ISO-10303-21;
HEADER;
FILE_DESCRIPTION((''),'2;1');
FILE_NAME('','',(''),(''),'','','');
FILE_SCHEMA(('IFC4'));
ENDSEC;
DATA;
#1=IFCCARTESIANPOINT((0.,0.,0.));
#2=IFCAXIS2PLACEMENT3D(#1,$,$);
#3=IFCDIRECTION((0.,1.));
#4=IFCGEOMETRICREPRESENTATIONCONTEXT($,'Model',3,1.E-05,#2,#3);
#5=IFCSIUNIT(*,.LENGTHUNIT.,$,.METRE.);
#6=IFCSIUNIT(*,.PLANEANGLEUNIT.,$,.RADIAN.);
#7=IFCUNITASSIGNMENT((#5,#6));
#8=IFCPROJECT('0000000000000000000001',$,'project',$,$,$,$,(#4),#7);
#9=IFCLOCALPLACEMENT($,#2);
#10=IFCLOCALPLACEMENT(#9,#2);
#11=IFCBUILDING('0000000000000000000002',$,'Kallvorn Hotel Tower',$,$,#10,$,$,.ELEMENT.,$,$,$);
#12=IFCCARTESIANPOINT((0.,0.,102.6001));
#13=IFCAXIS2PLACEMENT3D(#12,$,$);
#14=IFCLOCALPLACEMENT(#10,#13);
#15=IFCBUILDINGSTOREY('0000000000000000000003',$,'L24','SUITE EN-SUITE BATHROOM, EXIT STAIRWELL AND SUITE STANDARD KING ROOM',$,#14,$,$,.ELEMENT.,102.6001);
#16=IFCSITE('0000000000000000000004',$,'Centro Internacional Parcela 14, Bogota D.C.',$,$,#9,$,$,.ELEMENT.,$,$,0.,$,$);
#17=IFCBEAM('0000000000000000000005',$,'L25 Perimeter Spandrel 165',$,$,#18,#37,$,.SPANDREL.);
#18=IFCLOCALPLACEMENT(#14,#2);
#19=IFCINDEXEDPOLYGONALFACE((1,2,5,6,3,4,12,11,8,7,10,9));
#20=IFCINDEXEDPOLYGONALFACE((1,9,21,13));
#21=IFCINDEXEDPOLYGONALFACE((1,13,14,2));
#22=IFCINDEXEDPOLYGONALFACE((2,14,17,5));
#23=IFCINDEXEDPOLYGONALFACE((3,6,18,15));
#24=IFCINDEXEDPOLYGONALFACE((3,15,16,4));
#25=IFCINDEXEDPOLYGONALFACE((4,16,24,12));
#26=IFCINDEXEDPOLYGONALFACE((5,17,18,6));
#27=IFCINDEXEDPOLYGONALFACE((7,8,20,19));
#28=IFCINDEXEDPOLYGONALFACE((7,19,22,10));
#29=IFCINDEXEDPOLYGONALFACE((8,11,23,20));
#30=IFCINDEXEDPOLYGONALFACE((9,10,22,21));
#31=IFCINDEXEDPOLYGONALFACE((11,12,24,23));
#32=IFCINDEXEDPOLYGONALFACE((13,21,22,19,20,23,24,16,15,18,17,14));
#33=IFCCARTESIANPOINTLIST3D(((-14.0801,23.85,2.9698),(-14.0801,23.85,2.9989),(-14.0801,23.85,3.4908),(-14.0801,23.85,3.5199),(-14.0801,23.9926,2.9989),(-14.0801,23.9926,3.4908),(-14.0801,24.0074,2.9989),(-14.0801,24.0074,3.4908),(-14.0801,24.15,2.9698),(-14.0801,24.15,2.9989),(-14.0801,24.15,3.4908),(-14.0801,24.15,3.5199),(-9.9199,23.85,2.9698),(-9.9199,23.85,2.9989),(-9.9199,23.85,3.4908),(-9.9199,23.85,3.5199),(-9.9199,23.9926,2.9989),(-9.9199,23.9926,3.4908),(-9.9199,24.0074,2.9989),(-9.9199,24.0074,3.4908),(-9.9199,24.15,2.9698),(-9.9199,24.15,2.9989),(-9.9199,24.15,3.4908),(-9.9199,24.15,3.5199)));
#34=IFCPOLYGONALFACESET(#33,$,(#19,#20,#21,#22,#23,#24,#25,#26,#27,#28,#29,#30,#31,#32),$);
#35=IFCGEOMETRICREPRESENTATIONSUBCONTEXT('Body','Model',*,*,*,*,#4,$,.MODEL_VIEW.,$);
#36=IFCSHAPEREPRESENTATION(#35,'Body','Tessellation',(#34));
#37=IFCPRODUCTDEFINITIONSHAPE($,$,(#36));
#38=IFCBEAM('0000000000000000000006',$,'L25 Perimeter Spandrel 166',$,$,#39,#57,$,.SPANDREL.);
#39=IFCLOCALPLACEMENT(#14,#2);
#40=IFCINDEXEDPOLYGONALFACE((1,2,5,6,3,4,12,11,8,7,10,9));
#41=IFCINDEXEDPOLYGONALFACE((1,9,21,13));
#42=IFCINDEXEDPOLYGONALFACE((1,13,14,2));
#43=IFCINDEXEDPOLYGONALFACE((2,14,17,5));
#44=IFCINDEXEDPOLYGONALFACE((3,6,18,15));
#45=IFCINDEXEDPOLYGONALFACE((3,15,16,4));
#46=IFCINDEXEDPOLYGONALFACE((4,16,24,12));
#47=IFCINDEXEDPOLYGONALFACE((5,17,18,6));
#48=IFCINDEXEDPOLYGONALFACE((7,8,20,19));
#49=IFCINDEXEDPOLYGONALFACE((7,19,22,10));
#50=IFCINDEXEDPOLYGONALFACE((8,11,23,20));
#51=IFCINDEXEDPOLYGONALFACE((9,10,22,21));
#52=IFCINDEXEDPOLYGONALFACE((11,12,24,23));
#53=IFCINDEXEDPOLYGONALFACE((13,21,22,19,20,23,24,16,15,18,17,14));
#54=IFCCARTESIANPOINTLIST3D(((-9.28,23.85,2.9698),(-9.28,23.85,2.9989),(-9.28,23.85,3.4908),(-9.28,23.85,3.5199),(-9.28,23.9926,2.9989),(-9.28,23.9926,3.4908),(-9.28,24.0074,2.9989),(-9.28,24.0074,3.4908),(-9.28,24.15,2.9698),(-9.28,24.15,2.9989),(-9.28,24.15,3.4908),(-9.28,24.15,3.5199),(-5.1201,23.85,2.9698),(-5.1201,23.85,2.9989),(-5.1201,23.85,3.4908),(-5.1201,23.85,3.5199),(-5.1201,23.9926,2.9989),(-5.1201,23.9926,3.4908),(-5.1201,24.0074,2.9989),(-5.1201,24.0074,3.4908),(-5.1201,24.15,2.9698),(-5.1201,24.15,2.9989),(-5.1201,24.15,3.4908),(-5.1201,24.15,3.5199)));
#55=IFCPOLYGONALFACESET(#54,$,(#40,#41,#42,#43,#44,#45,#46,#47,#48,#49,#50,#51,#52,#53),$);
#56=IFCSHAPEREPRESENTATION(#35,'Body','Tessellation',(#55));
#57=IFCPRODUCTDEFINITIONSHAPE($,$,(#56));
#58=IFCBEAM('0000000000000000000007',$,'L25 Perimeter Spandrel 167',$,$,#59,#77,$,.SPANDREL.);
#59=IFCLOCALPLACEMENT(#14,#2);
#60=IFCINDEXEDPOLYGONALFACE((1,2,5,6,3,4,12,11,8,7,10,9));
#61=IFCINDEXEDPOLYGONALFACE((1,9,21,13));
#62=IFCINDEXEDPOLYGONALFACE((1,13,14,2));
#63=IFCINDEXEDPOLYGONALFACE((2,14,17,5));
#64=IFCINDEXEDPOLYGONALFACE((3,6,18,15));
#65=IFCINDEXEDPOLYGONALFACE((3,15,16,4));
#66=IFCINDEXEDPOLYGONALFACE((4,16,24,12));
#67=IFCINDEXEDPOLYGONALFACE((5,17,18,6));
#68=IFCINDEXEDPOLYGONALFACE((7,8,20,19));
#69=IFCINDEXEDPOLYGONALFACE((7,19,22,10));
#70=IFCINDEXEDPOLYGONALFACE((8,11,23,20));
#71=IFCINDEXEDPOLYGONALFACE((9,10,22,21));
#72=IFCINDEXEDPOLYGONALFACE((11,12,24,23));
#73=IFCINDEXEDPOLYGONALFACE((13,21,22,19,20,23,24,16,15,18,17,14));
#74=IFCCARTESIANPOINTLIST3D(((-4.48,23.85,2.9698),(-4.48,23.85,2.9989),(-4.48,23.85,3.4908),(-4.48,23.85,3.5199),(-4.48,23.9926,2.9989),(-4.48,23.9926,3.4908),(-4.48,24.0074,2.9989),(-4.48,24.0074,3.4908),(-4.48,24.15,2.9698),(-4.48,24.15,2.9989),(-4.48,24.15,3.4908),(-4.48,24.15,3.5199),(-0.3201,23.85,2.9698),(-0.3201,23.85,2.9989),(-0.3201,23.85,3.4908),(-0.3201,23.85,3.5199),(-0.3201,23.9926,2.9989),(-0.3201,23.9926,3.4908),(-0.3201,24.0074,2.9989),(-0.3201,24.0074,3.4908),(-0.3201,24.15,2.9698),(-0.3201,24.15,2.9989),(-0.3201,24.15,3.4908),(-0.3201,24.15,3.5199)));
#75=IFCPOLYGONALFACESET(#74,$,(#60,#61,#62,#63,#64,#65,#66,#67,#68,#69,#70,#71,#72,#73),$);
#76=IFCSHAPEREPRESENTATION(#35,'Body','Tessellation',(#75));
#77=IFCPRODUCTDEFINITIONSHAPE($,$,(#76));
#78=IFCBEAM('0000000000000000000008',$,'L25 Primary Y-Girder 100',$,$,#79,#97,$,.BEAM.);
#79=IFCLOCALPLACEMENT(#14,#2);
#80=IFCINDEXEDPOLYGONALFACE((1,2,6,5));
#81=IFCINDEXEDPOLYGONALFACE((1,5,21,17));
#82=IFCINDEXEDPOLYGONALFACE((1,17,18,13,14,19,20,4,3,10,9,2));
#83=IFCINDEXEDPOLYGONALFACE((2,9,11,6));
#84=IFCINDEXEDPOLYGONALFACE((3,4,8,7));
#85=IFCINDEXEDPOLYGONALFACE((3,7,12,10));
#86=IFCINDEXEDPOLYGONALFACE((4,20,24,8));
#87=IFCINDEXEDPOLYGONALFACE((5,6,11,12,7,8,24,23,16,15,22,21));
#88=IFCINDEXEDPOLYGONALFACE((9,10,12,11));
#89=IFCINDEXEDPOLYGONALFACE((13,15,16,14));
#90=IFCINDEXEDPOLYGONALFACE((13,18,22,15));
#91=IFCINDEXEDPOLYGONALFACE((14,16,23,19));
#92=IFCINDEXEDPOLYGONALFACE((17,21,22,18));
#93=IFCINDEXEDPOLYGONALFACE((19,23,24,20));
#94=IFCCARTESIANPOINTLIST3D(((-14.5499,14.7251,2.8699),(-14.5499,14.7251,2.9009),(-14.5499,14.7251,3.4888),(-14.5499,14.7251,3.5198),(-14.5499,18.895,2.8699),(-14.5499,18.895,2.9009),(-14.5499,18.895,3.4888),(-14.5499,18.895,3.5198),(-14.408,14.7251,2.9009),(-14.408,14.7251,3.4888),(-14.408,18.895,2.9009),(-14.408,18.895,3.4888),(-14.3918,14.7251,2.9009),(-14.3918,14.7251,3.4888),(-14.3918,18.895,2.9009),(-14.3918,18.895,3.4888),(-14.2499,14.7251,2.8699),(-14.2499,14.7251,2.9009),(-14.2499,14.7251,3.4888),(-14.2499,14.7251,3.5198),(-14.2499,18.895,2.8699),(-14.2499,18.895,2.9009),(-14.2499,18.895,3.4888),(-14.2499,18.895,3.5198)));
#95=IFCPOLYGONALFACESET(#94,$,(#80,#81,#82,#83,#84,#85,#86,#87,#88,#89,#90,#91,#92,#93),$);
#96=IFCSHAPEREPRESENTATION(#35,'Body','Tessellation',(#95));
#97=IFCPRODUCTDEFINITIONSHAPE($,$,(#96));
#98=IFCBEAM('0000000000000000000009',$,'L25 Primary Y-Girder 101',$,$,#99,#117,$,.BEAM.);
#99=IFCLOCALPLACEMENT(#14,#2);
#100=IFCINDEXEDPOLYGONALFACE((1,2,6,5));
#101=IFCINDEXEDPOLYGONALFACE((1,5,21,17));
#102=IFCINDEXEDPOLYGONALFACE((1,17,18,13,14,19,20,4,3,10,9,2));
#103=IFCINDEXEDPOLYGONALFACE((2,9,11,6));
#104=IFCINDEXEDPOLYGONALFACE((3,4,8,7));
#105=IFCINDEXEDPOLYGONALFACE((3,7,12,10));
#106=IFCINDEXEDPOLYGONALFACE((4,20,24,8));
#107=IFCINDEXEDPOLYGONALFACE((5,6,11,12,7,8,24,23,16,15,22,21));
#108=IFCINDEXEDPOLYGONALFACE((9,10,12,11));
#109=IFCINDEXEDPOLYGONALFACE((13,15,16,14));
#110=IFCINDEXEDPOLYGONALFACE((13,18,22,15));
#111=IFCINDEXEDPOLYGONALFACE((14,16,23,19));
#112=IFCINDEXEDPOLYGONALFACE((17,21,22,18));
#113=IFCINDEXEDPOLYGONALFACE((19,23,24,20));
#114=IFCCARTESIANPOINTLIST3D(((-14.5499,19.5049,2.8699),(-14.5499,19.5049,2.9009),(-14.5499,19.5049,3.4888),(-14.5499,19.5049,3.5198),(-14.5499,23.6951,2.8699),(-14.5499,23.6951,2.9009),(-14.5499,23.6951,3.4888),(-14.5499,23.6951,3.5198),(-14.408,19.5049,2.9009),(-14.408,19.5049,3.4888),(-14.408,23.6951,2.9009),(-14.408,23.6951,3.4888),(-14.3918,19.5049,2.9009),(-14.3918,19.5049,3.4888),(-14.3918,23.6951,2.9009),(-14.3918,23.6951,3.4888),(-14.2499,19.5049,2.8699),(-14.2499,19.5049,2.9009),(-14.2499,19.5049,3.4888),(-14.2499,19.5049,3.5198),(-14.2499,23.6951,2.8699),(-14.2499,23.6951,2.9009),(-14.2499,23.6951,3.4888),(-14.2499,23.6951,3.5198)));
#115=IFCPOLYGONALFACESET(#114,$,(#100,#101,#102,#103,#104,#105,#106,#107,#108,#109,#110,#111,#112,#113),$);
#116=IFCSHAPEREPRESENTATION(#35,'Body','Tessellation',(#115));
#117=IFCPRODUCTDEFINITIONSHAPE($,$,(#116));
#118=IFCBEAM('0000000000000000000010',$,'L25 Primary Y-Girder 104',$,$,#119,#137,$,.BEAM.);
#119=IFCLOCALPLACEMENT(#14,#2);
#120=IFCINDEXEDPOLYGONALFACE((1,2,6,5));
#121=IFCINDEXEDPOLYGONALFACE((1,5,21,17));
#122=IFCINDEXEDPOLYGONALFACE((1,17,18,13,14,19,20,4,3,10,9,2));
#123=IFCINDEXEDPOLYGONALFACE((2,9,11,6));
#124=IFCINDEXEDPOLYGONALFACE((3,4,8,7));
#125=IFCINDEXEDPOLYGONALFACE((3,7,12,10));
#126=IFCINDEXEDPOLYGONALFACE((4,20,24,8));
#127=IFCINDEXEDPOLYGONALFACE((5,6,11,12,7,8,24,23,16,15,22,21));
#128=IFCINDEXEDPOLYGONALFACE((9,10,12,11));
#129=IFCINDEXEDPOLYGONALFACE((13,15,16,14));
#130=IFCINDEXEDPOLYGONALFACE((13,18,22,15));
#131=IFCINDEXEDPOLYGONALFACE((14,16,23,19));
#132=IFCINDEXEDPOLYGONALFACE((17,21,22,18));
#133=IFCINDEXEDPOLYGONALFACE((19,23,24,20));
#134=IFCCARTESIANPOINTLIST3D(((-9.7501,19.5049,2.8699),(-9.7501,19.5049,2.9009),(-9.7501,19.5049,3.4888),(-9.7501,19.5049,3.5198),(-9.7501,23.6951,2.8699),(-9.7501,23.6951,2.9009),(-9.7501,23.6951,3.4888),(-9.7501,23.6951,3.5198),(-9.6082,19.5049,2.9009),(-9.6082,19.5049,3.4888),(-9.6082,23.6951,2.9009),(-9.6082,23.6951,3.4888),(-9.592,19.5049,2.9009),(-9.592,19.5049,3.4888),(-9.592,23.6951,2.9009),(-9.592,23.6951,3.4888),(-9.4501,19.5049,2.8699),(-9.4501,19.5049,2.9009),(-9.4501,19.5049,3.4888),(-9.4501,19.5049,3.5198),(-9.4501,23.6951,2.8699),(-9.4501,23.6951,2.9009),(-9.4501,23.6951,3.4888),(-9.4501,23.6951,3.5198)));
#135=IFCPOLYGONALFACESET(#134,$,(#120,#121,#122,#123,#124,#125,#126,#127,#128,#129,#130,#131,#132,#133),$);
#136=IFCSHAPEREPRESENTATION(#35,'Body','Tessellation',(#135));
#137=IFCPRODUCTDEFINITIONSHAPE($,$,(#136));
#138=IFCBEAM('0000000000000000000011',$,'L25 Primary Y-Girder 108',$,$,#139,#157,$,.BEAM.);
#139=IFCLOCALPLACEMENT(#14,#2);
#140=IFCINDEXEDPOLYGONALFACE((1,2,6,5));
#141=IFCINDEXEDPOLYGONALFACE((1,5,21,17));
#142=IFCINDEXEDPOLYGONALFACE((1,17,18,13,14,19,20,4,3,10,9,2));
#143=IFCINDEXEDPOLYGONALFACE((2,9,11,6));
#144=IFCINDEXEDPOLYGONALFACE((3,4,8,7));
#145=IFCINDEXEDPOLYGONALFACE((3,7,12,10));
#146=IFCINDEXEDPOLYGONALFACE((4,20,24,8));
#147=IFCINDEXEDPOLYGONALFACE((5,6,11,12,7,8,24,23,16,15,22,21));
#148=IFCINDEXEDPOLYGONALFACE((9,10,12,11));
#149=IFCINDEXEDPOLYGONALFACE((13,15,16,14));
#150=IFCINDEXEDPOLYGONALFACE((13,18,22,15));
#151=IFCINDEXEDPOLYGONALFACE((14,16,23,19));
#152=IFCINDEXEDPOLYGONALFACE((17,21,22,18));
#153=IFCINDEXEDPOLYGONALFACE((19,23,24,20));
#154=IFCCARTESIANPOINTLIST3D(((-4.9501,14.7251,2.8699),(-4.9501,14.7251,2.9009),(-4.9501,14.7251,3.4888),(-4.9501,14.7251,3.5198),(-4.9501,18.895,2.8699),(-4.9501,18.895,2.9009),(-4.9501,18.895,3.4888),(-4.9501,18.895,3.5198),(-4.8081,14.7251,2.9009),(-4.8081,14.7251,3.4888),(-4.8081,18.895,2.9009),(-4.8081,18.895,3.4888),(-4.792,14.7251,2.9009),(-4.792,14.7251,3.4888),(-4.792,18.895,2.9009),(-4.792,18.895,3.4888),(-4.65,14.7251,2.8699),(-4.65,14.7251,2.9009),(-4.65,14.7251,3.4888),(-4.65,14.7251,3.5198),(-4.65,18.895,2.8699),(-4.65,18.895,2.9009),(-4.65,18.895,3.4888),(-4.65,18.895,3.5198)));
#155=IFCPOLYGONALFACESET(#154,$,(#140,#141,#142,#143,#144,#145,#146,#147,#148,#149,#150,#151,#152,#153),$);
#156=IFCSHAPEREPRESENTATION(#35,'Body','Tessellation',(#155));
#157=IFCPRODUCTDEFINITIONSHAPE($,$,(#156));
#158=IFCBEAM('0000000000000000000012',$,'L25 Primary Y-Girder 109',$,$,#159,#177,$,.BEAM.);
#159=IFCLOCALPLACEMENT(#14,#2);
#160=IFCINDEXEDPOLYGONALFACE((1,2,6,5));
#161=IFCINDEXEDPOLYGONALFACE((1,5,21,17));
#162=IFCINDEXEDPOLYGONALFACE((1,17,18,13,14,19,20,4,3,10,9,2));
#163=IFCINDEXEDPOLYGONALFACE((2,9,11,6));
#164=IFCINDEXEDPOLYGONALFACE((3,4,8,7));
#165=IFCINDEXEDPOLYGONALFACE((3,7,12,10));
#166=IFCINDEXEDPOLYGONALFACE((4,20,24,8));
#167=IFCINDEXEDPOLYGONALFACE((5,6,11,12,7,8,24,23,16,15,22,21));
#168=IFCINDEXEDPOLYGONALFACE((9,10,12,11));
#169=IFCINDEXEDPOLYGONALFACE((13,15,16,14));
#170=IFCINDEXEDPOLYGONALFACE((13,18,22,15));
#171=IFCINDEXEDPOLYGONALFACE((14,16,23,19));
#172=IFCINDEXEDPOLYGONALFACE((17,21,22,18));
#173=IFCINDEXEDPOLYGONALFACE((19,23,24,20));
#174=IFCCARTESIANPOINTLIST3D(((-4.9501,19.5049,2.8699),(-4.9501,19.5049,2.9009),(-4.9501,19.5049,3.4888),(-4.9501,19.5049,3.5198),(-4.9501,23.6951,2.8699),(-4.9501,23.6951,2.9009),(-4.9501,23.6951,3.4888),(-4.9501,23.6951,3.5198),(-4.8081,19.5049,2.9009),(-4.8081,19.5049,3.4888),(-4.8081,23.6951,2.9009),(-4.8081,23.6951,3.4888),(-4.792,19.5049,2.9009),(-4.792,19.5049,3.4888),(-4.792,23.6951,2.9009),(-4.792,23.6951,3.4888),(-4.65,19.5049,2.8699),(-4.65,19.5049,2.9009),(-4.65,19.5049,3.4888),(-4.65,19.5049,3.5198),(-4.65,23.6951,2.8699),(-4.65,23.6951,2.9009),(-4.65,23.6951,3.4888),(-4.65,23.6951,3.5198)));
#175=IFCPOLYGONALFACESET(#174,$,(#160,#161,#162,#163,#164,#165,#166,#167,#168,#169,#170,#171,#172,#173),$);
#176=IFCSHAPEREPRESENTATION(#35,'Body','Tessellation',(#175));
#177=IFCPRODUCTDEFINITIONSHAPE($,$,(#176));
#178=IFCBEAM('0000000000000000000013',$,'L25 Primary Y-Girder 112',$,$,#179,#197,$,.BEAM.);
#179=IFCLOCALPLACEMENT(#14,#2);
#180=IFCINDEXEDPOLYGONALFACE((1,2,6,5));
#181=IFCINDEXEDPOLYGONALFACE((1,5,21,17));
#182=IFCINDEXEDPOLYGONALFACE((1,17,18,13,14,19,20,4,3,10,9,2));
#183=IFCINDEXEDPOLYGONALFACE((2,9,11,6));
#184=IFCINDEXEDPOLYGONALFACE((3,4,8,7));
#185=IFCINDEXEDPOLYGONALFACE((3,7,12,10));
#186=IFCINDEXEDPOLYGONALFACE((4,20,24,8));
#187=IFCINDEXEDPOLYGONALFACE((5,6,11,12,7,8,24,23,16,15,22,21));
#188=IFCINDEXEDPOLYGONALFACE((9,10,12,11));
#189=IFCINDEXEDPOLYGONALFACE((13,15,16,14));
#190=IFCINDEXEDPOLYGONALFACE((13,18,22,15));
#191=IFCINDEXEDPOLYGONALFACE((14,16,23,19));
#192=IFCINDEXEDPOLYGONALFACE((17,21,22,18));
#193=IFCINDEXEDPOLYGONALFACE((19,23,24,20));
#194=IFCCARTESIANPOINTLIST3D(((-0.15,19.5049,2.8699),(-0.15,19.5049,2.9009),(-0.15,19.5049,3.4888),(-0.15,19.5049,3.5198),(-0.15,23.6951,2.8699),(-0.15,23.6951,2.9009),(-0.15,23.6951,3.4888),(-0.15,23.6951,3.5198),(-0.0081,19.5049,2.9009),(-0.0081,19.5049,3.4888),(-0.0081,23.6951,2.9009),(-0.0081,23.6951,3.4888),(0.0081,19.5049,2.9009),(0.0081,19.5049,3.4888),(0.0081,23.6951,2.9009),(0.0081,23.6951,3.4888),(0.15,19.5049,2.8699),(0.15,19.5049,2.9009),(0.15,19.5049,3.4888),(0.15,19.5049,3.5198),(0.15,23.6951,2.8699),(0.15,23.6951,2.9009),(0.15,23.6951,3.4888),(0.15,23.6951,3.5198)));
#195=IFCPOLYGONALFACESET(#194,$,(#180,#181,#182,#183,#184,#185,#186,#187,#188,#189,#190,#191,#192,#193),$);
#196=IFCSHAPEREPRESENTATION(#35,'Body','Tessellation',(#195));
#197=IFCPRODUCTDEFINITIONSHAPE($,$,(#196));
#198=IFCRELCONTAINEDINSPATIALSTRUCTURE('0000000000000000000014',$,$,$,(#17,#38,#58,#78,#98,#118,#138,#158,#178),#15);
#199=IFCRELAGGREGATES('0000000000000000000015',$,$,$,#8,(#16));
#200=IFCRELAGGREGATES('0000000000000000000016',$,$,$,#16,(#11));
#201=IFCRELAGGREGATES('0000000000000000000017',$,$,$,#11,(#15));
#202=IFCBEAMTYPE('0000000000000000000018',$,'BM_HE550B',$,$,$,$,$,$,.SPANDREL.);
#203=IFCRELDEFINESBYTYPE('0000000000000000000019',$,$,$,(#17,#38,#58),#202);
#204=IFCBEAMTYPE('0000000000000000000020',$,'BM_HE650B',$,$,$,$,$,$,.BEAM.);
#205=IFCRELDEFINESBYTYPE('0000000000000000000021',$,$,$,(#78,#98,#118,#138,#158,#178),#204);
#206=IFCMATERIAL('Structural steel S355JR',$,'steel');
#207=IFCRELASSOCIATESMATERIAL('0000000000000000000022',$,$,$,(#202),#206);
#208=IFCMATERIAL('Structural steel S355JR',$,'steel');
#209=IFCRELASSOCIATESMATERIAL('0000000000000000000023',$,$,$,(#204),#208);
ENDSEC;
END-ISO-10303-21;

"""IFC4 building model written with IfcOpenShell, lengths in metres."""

from ifc_helpers import new_model, si_unit, direction, frame, origin, origin_2d, place, context, subcontext, project, spatial, i_section, extrude, material, material_profile, profile_set, type_object, element, save


model = new_model("IFC4")

# Units and contexts
model_context = context("Model", 3, precision=1e-05, world=origin(), true_north=direction((0.0, 1.0)))
body_context = subcontext(model_context, "Body", "Model", "MODEL_VIEW")
ifc_project = project(units=[si_unit("LENGTHUNIT", "METRE"), si_unit("PLANEANGLEUNIT", "RADIAN")], contexts=[model_context])

# Site, building, storey
site_placement = place(None, origin())
site = spatial("IfcSite", under=ifc_project, at=site_placement, Name="Centro Internacional Parcela 14, Bogota D.C.", CompositionType="ELEMENT", RefElevation=0.0)
building_placement = place(site_placement, origin())
building = spatial("IfcBuilding", under=site, at=building_placement, Name="Kallvorn Hotel Tower", CompositionType="ELEMENT")
storey_placement = place(building_placement, frame((0.0, 0.0, 102.6001)))
storey = spatial("IfcBuildingStorey", under=building, at=storey_placement, Name="L24", Description="SUITE EN-SUITE BATHROOM, EXIT STAIRWELL AND SUITE STANDARD KING ROOM", CompositionType="ELEMENT", Elevation=102.6001)

# Beams
ifc_material_1 = material(Name="Structural steel S355JR", Category="steel")
ifc_material_profile_1 = material_profile(ifc_material_1, i_section(OverallWidth=0.3, OverallDepth=0.55, WebThickness=0.0149, FlangeThickness=0.0291, at=origin_2d()), Name="HE 550 B")
ifc_profile_set_1 = profile_set([ifc_material_profile_1], Name="Structural steel S355JR")
beam_type_1 = type_object("IfcBeamType", Name="BM_HE550B", PredefinedType="SPANDREL", material=ifc_profile_set_1)
beam_1_placement = place(storey_placement, frame((-14.0801, 24.0, 3.2449), z_axis=(1.0, 0.0, 0.0), x_axis=(0.0, 1.0, 0.0)))
element("IfcBeam", 1, at=beam_1_placement, inside=storey, type_object=beam_type_1, Name="L25 Perimeter Spandrel 165", PredefinedType="SPANDREL", context=body_context, shape_type="SweptSolid", body=[
    extrude(i_section(OverallWidth=0.3, OverallDepth=0.55, WebThickness=0.0149, FlangeThickness=0.0291, at=origin_2d()), origin(), (0.0, 0.0, 1.0), 4.1602),
])
for number, where, z_axis, x_axis, name in (
    (2, (-9.28, 24.0, 3.2449), (1.0, 0.0, 0.0), (0.0, 1.0, 0.0), "L25 Perimeter Spandrel 166"),
    (3, (-4.48, 24.0, 3.2449), (1.0, 0.0, 0.0), (0.0, 1.0, 0.0), "L25 Perimeter Spandrel 167"),
):
    element("IfcBeam", number, at=place(storey_placement, frame(where, z_axis=z_axis, x_axis=x_axis)), inside=storey, type_object=beam_type_1, Name=name, PredefinedType="SPANDREL", context=body_context, shape_type="SweptSolid", body=[
        extrude(i_section(OverallWidth=0.3, OverallDepth=0.55, WebThickness=0.0149, FlangeThickness=0.0291, at=origin_2d()), origin(), (0.0, 0.0, 1.0), 4.1599),
    ])
ifc_material_2 = material(Name="Structural steel S355JR", Category="steel")
ifc_material_profile_2 = material_profile(ifc_material_2, i_section(OverallWidth=0.3, OverallDepth=0.6499, WebThickness=0.0161, FlangeThickness=0.031, at=origin_2d()), Name="HE 650 B")
ifc_profile_set_2 = profile_set([ifc_material_profile_2], Name="Structural steel S355JR")
beam_type_2 = type_object("IfcBeamType", Name="BM_HE650B", PredefinedType="BEAM", material=ifc_profile_set_2)
beam_2_placement = place(storey_placement, frame((-14.3999, 14.7251, 3.1948), z_axis=(0.0, 1.0, 0.0), x_axis=(-1.0, 0.0, 0.0)))
element("IfcBeam", 4, at=beam_2_placement, inside=storey, type_object=beam_type_2, Name="L25 Primary Y-Girder 100", PredefinedType="BEAM", context=body_context, shape_type="SweptSolid", body=[
    extrude(i_section(OverallWidth=0.3, OverallDepth=0.6499, WebThickness=0.0161, FlangeThickness=0.031, at=origin_2d()), origin(), (0.0, 0.0, 1.0), 4.1699),
])
for number, where, z_axis, x_axis, name in (
    (5, (-14.3999, 19.5049, 3.1948), (0.0, 1.0, 0.0), (-1.0, 0.0, 0.0), "L25 Primary Y-Girder 101"),
    (6, (-9.6001, 19.5049, 3.1948), (0.0, 1.0, 0.0), (-1.0, 0.0, 0.0), "L25 Primary Y-Girder 104"),
):
    element("IfcBeam", number, at=place(storey_placement, frame(where, z_axis=z_axis, x_axis=x_axis)), inside=storey, type_object=beam_type_2, Name=name, PredefinedType="BEAM", context=body_context, shape_type="SweptSolid", body=[
        extrude(i_section(OverallWidth=0.3, OverallDepth=0.6499, WebThickness=0.0161, FlangeThickness=0.031, at=origin_2d()), origin(), (0.0, 0.0, 1.0), 4.1902),
    ])
beam_3_placement = place(storey_placement, frame((-4.8, 14.7251, 3.1948), z_axis=(0.0, 1.0, 0.0), x_axis=(-1.0, 0.0, 0.0)))
element("IfcBeam", 7, at=beam_3_placement, inside=storey, type_object=beam_type_2, Name="L25 Primary Y-Girder 108", PredefinedType="BEAM", context=body_context, shape_type="SweptSolid", body=[
    extrude(i_section(OverallWidth=0.3, OverallDepth=0.6499, WebThickness=0.0161, FlangeThickness=0.031, at=origin_2d()), origin(), (0.0, 0.0, 1.0), 4.1699),
])
for number, where, z_axis, x_axis, name in (
    (8, (-4.8, 19.5049, 3.1948), (0.0, 1.0, 0.0), (-1.0, 0.0, 0.0), "L25 Primary Y-Girder 109"),
    (9, (0.0, 19.5049, 3.1948), (0.0, 1.0, 0.0), (-1.0, 0.0, 0.0), "L25 Primary Y-Girder 112"),
):
    element("IfcBeam", number, at=place(storey_placement, frame(where, z_axis=z_axis, x_axis=x_axis)), inside=storey, type_object=beam_type_2, Name=name, PredefinedType="BEAM", context=body_context, shape_type="SweptSolid", body=[
        extrude(i_section(OverallWidth=0.3, OverallDepth=0.6499, WebThickness=0.0161, FlangeThickness=0.031, at=origin_2d()), origin(), (0.0, 0.0, 1.0), 4.1902),
    ])

save(model, "model.ifc")
